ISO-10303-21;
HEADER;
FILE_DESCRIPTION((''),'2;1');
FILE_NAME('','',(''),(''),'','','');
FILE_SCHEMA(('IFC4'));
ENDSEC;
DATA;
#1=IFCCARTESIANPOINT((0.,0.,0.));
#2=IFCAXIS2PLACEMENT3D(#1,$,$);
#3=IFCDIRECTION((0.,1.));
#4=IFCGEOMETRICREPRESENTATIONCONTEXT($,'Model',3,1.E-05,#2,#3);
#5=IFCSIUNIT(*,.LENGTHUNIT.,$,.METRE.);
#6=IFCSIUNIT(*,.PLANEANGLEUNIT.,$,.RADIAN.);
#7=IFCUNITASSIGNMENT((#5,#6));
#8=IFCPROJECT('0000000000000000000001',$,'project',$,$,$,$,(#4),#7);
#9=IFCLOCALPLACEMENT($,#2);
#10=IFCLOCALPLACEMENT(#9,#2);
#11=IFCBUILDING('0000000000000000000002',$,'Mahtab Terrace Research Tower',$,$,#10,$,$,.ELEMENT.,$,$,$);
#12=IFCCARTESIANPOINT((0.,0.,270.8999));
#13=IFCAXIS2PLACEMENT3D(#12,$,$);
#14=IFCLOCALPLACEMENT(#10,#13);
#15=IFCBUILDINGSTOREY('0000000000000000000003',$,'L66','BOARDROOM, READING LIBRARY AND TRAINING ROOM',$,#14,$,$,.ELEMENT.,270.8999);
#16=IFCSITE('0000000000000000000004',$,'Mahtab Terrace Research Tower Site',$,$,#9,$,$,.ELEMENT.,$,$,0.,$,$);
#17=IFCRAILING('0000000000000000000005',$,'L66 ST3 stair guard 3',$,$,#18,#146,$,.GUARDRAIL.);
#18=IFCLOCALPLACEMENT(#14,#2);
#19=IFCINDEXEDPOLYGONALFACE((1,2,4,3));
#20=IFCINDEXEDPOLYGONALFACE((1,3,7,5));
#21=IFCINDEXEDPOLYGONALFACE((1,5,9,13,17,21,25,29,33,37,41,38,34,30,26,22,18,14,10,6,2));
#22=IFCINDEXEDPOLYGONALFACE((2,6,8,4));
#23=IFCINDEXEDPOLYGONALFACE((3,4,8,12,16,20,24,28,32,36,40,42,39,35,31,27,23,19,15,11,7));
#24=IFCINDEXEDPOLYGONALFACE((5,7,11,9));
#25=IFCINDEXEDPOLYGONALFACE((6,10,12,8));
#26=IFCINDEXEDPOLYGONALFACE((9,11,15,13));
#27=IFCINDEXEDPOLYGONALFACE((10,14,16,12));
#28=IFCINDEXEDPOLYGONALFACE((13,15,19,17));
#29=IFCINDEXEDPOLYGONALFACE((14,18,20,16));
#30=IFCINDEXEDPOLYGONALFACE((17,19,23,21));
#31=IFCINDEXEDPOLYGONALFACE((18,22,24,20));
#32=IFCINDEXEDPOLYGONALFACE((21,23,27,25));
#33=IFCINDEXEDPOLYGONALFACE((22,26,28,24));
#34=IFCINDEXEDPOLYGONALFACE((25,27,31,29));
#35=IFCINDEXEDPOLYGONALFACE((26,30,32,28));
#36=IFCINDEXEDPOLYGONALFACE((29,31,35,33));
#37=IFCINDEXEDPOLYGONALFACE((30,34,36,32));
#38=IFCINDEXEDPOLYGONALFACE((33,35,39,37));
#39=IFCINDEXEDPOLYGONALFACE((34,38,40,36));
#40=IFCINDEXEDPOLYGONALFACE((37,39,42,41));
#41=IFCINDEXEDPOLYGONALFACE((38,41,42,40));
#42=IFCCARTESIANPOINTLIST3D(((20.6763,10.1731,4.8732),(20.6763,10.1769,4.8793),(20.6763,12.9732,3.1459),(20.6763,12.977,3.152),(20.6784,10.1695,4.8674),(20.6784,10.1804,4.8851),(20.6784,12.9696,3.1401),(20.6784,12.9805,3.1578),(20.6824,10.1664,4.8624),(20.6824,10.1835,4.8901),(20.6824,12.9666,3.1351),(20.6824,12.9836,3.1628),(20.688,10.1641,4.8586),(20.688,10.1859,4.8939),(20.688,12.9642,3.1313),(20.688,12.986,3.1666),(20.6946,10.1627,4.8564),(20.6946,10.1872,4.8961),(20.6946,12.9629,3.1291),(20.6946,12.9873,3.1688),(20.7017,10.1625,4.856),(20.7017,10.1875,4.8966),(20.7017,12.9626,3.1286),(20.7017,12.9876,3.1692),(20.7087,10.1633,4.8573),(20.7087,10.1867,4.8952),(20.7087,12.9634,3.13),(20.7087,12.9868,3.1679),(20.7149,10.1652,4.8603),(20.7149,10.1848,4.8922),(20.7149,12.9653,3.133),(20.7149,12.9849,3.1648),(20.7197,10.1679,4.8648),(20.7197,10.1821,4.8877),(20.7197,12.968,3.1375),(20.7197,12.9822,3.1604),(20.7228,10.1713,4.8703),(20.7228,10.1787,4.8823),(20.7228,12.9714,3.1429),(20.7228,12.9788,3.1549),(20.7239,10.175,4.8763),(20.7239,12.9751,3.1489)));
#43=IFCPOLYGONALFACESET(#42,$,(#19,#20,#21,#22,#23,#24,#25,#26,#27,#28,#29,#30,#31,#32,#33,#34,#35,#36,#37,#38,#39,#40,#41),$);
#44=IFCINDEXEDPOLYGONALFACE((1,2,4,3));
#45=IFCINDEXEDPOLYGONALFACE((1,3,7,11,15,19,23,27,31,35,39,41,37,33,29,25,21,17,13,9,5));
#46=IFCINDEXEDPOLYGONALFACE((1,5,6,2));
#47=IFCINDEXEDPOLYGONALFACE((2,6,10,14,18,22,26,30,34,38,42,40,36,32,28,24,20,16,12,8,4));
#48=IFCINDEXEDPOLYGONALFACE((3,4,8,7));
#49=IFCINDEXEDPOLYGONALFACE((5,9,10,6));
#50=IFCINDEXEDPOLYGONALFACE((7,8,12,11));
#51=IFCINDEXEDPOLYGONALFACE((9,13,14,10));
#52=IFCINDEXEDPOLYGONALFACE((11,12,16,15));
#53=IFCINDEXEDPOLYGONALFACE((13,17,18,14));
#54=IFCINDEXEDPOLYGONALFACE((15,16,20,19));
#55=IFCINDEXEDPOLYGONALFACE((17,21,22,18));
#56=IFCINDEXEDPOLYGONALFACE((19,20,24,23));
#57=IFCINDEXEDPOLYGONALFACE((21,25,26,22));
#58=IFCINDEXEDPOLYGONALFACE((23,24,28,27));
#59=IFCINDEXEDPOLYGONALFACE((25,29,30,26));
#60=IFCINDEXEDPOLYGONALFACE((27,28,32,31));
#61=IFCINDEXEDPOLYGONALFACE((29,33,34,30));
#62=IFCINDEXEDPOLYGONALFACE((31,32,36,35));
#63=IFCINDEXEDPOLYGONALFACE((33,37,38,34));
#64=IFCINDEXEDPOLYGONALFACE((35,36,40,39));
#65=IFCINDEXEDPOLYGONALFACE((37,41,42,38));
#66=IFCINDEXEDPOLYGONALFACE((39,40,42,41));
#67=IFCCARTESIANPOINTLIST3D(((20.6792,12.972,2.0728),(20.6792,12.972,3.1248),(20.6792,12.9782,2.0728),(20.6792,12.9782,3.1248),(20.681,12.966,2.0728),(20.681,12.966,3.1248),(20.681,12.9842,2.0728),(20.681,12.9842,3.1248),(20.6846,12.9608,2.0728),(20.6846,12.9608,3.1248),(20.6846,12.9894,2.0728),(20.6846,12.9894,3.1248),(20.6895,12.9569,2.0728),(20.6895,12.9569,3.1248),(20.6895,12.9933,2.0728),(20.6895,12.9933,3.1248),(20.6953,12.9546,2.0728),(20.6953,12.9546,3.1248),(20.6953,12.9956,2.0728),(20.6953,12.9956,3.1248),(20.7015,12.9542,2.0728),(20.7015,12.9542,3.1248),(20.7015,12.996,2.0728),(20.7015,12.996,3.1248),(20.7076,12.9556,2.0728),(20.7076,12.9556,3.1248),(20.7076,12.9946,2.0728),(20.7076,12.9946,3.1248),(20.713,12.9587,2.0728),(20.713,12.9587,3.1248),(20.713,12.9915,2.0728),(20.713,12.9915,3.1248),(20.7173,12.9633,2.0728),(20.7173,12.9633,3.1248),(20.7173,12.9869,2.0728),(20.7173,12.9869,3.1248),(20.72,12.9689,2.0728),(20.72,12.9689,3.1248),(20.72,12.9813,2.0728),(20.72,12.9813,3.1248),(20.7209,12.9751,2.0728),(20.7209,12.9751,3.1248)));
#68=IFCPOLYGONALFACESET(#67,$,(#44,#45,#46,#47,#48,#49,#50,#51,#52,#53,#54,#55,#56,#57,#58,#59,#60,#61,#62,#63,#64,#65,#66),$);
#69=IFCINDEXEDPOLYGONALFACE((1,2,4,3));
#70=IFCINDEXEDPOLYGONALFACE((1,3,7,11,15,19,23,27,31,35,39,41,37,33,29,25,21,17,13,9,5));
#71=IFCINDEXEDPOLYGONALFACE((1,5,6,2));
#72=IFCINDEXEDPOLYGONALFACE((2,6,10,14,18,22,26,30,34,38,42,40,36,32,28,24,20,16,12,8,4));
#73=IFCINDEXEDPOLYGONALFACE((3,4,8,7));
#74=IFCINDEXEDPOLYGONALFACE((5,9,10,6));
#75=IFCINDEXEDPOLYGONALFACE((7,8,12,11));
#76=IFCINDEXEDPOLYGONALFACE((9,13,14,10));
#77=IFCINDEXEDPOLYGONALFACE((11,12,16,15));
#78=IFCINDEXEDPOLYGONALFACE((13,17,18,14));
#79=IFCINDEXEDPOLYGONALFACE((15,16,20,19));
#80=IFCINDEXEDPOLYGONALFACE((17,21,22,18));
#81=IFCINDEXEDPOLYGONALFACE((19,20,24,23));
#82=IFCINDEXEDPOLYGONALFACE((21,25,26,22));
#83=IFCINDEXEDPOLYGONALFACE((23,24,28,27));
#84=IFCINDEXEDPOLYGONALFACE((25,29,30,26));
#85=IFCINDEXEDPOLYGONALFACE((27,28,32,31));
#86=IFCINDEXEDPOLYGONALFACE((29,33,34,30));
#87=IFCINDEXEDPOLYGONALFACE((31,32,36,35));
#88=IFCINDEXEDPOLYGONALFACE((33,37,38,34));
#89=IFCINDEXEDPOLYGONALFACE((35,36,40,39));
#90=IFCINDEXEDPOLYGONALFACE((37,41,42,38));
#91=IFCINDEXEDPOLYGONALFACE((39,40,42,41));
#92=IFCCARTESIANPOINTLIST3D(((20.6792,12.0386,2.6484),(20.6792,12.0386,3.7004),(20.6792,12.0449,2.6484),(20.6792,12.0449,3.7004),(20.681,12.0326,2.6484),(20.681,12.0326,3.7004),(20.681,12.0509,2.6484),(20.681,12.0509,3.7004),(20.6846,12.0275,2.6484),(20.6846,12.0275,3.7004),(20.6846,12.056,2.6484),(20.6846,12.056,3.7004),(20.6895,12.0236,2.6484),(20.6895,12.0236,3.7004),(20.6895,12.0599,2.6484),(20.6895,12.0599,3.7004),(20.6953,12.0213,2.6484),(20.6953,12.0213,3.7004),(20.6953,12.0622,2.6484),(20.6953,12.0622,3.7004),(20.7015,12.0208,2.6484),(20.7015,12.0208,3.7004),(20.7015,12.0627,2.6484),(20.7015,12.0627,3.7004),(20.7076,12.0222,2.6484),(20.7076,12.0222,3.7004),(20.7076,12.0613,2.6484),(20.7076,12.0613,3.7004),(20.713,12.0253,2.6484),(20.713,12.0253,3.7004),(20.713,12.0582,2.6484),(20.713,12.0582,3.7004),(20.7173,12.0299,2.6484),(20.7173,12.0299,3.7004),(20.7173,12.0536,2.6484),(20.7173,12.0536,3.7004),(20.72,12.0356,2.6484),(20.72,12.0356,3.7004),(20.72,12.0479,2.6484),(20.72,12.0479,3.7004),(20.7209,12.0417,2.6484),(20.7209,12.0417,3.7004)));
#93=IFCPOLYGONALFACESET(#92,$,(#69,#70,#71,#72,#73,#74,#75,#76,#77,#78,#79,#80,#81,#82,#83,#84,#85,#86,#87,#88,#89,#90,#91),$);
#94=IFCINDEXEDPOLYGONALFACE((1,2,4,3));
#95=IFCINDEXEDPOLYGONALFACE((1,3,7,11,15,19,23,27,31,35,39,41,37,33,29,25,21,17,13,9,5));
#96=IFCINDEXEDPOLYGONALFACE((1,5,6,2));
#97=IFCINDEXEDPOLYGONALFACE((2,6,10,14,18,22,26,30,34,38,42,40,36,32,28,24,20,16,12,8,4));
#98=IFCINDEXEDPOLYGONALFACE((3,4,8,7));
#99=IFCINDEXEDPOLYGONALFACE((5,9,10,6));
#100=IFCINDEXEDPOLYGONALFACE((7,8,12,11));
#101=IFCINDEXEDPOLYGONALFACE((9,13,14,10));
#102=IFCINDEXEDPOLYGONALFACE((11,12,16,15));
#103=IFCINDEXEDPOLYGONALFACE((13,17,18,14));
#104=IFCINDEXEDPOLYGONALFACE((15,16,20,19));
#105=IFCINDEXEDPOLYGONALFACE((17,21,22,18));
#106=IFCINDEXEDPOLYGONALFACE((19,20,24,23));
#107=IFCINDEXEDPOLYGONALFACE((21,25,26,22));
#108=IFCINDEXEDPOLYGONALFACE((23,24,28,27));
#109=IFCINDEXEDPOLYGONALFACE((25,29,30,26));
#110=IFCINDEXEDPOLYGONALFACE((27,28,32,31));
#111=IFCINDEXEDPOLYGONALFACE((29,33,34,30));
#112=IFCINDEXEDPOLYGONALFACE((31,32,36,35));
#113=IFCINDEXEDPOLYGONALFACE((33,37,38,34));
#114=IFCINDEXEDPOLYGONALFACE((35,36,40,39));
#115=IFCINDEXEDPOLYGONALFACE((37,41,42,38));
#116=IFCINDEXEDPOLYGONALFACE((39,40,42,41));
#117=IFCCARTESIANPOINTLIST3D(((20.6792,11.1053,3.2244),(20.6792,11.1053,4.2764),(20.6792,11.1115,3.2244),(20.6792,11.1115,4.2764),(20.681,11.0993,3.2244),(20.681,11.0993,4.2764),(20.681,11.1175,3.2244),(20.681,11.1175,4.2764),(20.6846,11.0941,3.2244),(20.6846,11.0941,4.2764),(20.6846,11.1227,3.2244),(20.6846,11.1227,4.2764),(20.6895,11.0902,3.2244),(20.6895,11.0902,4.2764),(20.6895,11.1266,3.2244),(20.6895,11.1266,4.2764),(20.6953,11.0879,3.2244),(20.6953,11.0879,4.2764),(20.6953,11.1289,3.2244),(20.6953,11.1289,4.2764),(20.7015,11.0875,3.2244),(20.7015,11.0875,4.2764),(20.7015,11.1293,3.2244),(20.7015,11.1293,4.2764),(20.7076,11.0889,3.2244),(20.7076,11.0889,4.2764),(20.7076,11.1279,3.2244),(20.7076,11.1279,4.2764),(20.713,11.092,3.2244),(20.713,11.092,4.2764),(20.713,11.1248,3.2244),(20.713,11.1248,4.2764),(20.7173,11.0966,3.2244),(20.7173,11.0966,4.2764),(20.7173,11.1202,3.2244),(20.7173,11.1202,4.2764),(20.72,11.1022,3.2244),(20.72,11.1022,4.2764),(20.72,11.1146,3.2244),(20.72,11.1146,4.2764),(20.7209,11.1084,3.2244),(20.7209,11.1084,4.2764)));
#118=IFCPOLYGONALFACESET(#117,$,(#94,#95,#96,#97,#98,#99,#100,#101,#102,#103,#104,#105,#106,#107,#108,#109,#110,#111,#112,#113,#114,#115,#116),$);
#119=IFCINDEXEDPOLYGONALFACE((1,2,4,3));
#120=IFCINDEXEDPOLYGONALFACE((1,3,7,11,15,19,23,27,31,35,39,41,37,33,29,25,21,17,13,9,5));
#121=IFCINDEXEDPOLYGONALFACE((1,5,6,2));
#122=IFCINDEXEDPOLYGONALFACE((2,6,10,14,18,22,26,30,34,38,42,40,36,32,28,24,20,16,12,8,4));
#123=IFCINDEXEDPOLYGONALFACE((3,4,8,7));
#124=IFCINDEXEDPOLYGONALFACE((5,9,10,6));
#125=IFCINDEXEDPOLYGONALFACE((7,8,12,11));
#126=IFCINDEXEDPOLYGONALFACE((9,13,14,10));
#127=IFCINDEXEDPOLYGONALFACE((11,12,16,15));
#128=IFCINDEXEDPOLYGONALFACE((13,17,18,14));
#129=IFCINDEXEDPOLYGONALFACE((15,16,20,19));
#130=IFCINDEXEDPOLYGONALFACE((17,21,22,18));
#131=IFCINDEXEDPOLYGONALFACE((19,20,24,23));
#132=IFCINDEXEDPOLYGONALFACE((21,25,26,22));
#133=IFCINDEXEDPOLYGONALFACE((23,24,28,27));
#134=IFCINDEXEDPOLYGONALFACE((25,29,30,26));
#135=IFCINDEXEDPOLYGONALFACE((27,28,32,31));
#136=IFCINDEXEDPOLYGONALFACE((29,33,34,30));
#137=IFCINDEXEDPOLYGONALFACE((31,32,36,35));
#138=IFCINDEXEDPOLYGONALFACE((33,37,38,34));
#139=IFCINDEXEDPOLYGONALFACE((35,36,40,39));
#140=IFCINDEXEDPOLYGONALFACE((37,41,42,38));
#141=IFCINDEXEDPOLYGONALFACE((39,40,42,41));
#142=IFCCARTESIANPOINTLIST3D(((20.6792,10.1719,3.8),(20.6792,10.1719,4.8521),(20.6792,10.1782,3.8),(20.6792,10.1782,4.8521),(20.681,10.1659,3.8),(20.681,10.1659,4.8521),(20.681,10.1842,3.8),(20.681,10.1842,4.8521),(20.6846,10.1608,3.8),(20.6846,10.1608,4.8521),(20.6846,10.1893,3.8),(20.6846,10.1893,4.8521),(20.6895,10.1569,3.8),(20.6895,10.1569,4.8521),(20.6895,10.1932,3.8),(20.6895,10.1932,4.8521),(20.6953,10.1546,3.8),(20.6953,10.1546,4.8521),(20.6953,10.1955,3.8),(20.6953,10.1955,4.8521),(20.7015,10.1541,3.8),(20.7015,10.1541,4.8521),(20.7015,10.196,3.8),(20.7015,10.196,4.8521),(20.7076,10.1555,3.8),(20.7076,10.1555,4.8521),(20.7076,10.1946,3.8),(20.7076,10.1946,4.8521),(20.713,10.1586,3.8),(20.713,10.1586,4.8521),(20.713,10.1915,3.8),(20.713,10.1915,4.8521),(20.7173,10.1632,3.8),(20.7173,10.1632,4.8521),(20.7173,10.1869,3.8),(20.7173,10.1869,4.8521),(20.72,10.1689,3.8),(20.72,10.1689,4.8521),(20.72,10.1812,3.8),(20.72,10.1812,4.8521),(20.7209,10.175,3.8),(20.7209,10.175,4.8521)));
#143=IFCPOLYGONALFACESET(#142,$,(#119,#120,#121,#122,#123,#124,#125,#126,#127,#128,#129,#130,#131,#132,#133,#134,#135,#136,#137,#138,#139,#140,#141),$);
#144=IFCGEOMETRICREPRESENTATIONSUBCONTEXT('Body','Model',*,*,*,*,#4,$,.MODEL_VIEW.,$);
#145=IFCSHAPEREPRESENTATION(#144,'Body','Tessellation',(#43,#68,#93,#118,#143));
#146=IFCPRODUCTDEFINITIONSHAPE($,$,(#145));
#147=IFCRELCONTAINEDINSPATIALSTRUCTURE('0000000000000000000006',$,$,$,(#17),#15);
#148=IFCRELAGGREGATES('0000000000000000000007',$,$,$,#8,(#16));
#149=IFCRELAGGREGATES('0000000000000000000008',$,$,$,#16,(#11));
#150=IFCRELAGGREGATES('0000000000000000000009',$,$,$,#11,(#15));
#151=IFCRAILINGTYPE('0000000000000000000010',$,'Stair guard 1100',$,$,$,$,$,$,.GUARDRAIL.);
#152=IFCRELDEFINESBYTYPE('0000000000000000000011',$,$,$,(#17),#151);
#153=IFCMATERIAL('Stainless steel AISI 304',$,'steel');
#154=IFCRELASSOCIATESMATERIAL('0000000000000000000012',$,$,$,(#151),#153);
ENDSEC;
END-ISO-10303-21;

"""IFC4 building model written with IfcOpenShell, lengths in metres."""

from ifc_helpers import new_model, si_unit, direction, frame, origin, origin_2d, place, context, subcontext, project, spatial, circle, extrude, material, type_object, element, save


model = new_model("IFC4")

# Units and contexts
model_context = context("Model", 3, precision=1e-05, world=origin(), true_north=direction((0.0, 1.0)))
body_context = subcontext(model_context, "Body", "Model", "MODEL_VIEW")
ifc_project = project(units=[si_unit("LENGTHUNIT", "METRE"), si_unit("PLANEANGLEUNIT", "RADIAN")], contexts=[model_context])

# Site, building, storey
site_placement = place(None, origin())
site = spatial("IfcSite", under=ifc_project, at=site_placement, Name="Mahtab Terrace Research Tower Site", CompositionType="ELEMENT", RefElevation=0.0)
building_placement = place(site_placement, origin())
building = spatial("IfcBuilding", under=site, at=building_placement, Name="Mahtab Terrace Research Tower", CompositionType="ELEMENT")
storey_placement = place(building_placement, frame((0.0, 0.0, 270.8999)))
storey = spatial("IfcBuildingStorey", under=building, at=storey_placement, Name="L66", Description="BOARDROOM, READING LIBRARY AND TRAINING ROOM", CompositionType="ELEMENT", Elevation=270.8999)

# Shared definitions
ifc_material_1 = material(Name="Stainless steel AISI 304", Category="steel")

# Railing
railing_type_1 = type_object("IfcRailingType", Name="Stair guard 1100", PredefinedType="GUARDRAIL", material=ifc_material_1)
railing_1_placement = place(storey_placement, frame((20.7, 12.9751, 2.0728)))
element("IfcRailing", 1, at=railing_1_placement, inside=storey, type_object=railing_type_1, Name="L66 ST3 stair guard 3", PredefinedType="GUARDRAIL", context=body_context, shape_type="SweptSolid", body=[
    extrude(circle(Radius=0.0239, at=origin_2d()), frame((0.0, 0.0, 1.0762), z_axis=(0.0, -0.85109, 0.52502), x_axis=(1.0, 0.0, 0.0)), (0.0, 0.0, 1.0), 3.29),
    extrude(circle(Radius=0.021, at=origin_2d()), origin(), (0.0, 0.0, 1.0), 1.052),
    extrude(circle(Radius=0.021, at=origin_2d()), frame((0.0, -0.9333, 0.5757)), (0.0, 0.0, 1.0), 1.052),
    extrude(circle(Radius=0.021, at=origin_2d()), frame((0.0, -1.8667, 1.1516)), (0.0, 0.0, 1.0), 1.052),
    extrude(circle(Radius=0.021, at=origin_2d()), frame((0.0, -2.8, 1.7273)), (0.0, 0.0, 1.0), 1.052),
])

save(model, "model.ifc")
